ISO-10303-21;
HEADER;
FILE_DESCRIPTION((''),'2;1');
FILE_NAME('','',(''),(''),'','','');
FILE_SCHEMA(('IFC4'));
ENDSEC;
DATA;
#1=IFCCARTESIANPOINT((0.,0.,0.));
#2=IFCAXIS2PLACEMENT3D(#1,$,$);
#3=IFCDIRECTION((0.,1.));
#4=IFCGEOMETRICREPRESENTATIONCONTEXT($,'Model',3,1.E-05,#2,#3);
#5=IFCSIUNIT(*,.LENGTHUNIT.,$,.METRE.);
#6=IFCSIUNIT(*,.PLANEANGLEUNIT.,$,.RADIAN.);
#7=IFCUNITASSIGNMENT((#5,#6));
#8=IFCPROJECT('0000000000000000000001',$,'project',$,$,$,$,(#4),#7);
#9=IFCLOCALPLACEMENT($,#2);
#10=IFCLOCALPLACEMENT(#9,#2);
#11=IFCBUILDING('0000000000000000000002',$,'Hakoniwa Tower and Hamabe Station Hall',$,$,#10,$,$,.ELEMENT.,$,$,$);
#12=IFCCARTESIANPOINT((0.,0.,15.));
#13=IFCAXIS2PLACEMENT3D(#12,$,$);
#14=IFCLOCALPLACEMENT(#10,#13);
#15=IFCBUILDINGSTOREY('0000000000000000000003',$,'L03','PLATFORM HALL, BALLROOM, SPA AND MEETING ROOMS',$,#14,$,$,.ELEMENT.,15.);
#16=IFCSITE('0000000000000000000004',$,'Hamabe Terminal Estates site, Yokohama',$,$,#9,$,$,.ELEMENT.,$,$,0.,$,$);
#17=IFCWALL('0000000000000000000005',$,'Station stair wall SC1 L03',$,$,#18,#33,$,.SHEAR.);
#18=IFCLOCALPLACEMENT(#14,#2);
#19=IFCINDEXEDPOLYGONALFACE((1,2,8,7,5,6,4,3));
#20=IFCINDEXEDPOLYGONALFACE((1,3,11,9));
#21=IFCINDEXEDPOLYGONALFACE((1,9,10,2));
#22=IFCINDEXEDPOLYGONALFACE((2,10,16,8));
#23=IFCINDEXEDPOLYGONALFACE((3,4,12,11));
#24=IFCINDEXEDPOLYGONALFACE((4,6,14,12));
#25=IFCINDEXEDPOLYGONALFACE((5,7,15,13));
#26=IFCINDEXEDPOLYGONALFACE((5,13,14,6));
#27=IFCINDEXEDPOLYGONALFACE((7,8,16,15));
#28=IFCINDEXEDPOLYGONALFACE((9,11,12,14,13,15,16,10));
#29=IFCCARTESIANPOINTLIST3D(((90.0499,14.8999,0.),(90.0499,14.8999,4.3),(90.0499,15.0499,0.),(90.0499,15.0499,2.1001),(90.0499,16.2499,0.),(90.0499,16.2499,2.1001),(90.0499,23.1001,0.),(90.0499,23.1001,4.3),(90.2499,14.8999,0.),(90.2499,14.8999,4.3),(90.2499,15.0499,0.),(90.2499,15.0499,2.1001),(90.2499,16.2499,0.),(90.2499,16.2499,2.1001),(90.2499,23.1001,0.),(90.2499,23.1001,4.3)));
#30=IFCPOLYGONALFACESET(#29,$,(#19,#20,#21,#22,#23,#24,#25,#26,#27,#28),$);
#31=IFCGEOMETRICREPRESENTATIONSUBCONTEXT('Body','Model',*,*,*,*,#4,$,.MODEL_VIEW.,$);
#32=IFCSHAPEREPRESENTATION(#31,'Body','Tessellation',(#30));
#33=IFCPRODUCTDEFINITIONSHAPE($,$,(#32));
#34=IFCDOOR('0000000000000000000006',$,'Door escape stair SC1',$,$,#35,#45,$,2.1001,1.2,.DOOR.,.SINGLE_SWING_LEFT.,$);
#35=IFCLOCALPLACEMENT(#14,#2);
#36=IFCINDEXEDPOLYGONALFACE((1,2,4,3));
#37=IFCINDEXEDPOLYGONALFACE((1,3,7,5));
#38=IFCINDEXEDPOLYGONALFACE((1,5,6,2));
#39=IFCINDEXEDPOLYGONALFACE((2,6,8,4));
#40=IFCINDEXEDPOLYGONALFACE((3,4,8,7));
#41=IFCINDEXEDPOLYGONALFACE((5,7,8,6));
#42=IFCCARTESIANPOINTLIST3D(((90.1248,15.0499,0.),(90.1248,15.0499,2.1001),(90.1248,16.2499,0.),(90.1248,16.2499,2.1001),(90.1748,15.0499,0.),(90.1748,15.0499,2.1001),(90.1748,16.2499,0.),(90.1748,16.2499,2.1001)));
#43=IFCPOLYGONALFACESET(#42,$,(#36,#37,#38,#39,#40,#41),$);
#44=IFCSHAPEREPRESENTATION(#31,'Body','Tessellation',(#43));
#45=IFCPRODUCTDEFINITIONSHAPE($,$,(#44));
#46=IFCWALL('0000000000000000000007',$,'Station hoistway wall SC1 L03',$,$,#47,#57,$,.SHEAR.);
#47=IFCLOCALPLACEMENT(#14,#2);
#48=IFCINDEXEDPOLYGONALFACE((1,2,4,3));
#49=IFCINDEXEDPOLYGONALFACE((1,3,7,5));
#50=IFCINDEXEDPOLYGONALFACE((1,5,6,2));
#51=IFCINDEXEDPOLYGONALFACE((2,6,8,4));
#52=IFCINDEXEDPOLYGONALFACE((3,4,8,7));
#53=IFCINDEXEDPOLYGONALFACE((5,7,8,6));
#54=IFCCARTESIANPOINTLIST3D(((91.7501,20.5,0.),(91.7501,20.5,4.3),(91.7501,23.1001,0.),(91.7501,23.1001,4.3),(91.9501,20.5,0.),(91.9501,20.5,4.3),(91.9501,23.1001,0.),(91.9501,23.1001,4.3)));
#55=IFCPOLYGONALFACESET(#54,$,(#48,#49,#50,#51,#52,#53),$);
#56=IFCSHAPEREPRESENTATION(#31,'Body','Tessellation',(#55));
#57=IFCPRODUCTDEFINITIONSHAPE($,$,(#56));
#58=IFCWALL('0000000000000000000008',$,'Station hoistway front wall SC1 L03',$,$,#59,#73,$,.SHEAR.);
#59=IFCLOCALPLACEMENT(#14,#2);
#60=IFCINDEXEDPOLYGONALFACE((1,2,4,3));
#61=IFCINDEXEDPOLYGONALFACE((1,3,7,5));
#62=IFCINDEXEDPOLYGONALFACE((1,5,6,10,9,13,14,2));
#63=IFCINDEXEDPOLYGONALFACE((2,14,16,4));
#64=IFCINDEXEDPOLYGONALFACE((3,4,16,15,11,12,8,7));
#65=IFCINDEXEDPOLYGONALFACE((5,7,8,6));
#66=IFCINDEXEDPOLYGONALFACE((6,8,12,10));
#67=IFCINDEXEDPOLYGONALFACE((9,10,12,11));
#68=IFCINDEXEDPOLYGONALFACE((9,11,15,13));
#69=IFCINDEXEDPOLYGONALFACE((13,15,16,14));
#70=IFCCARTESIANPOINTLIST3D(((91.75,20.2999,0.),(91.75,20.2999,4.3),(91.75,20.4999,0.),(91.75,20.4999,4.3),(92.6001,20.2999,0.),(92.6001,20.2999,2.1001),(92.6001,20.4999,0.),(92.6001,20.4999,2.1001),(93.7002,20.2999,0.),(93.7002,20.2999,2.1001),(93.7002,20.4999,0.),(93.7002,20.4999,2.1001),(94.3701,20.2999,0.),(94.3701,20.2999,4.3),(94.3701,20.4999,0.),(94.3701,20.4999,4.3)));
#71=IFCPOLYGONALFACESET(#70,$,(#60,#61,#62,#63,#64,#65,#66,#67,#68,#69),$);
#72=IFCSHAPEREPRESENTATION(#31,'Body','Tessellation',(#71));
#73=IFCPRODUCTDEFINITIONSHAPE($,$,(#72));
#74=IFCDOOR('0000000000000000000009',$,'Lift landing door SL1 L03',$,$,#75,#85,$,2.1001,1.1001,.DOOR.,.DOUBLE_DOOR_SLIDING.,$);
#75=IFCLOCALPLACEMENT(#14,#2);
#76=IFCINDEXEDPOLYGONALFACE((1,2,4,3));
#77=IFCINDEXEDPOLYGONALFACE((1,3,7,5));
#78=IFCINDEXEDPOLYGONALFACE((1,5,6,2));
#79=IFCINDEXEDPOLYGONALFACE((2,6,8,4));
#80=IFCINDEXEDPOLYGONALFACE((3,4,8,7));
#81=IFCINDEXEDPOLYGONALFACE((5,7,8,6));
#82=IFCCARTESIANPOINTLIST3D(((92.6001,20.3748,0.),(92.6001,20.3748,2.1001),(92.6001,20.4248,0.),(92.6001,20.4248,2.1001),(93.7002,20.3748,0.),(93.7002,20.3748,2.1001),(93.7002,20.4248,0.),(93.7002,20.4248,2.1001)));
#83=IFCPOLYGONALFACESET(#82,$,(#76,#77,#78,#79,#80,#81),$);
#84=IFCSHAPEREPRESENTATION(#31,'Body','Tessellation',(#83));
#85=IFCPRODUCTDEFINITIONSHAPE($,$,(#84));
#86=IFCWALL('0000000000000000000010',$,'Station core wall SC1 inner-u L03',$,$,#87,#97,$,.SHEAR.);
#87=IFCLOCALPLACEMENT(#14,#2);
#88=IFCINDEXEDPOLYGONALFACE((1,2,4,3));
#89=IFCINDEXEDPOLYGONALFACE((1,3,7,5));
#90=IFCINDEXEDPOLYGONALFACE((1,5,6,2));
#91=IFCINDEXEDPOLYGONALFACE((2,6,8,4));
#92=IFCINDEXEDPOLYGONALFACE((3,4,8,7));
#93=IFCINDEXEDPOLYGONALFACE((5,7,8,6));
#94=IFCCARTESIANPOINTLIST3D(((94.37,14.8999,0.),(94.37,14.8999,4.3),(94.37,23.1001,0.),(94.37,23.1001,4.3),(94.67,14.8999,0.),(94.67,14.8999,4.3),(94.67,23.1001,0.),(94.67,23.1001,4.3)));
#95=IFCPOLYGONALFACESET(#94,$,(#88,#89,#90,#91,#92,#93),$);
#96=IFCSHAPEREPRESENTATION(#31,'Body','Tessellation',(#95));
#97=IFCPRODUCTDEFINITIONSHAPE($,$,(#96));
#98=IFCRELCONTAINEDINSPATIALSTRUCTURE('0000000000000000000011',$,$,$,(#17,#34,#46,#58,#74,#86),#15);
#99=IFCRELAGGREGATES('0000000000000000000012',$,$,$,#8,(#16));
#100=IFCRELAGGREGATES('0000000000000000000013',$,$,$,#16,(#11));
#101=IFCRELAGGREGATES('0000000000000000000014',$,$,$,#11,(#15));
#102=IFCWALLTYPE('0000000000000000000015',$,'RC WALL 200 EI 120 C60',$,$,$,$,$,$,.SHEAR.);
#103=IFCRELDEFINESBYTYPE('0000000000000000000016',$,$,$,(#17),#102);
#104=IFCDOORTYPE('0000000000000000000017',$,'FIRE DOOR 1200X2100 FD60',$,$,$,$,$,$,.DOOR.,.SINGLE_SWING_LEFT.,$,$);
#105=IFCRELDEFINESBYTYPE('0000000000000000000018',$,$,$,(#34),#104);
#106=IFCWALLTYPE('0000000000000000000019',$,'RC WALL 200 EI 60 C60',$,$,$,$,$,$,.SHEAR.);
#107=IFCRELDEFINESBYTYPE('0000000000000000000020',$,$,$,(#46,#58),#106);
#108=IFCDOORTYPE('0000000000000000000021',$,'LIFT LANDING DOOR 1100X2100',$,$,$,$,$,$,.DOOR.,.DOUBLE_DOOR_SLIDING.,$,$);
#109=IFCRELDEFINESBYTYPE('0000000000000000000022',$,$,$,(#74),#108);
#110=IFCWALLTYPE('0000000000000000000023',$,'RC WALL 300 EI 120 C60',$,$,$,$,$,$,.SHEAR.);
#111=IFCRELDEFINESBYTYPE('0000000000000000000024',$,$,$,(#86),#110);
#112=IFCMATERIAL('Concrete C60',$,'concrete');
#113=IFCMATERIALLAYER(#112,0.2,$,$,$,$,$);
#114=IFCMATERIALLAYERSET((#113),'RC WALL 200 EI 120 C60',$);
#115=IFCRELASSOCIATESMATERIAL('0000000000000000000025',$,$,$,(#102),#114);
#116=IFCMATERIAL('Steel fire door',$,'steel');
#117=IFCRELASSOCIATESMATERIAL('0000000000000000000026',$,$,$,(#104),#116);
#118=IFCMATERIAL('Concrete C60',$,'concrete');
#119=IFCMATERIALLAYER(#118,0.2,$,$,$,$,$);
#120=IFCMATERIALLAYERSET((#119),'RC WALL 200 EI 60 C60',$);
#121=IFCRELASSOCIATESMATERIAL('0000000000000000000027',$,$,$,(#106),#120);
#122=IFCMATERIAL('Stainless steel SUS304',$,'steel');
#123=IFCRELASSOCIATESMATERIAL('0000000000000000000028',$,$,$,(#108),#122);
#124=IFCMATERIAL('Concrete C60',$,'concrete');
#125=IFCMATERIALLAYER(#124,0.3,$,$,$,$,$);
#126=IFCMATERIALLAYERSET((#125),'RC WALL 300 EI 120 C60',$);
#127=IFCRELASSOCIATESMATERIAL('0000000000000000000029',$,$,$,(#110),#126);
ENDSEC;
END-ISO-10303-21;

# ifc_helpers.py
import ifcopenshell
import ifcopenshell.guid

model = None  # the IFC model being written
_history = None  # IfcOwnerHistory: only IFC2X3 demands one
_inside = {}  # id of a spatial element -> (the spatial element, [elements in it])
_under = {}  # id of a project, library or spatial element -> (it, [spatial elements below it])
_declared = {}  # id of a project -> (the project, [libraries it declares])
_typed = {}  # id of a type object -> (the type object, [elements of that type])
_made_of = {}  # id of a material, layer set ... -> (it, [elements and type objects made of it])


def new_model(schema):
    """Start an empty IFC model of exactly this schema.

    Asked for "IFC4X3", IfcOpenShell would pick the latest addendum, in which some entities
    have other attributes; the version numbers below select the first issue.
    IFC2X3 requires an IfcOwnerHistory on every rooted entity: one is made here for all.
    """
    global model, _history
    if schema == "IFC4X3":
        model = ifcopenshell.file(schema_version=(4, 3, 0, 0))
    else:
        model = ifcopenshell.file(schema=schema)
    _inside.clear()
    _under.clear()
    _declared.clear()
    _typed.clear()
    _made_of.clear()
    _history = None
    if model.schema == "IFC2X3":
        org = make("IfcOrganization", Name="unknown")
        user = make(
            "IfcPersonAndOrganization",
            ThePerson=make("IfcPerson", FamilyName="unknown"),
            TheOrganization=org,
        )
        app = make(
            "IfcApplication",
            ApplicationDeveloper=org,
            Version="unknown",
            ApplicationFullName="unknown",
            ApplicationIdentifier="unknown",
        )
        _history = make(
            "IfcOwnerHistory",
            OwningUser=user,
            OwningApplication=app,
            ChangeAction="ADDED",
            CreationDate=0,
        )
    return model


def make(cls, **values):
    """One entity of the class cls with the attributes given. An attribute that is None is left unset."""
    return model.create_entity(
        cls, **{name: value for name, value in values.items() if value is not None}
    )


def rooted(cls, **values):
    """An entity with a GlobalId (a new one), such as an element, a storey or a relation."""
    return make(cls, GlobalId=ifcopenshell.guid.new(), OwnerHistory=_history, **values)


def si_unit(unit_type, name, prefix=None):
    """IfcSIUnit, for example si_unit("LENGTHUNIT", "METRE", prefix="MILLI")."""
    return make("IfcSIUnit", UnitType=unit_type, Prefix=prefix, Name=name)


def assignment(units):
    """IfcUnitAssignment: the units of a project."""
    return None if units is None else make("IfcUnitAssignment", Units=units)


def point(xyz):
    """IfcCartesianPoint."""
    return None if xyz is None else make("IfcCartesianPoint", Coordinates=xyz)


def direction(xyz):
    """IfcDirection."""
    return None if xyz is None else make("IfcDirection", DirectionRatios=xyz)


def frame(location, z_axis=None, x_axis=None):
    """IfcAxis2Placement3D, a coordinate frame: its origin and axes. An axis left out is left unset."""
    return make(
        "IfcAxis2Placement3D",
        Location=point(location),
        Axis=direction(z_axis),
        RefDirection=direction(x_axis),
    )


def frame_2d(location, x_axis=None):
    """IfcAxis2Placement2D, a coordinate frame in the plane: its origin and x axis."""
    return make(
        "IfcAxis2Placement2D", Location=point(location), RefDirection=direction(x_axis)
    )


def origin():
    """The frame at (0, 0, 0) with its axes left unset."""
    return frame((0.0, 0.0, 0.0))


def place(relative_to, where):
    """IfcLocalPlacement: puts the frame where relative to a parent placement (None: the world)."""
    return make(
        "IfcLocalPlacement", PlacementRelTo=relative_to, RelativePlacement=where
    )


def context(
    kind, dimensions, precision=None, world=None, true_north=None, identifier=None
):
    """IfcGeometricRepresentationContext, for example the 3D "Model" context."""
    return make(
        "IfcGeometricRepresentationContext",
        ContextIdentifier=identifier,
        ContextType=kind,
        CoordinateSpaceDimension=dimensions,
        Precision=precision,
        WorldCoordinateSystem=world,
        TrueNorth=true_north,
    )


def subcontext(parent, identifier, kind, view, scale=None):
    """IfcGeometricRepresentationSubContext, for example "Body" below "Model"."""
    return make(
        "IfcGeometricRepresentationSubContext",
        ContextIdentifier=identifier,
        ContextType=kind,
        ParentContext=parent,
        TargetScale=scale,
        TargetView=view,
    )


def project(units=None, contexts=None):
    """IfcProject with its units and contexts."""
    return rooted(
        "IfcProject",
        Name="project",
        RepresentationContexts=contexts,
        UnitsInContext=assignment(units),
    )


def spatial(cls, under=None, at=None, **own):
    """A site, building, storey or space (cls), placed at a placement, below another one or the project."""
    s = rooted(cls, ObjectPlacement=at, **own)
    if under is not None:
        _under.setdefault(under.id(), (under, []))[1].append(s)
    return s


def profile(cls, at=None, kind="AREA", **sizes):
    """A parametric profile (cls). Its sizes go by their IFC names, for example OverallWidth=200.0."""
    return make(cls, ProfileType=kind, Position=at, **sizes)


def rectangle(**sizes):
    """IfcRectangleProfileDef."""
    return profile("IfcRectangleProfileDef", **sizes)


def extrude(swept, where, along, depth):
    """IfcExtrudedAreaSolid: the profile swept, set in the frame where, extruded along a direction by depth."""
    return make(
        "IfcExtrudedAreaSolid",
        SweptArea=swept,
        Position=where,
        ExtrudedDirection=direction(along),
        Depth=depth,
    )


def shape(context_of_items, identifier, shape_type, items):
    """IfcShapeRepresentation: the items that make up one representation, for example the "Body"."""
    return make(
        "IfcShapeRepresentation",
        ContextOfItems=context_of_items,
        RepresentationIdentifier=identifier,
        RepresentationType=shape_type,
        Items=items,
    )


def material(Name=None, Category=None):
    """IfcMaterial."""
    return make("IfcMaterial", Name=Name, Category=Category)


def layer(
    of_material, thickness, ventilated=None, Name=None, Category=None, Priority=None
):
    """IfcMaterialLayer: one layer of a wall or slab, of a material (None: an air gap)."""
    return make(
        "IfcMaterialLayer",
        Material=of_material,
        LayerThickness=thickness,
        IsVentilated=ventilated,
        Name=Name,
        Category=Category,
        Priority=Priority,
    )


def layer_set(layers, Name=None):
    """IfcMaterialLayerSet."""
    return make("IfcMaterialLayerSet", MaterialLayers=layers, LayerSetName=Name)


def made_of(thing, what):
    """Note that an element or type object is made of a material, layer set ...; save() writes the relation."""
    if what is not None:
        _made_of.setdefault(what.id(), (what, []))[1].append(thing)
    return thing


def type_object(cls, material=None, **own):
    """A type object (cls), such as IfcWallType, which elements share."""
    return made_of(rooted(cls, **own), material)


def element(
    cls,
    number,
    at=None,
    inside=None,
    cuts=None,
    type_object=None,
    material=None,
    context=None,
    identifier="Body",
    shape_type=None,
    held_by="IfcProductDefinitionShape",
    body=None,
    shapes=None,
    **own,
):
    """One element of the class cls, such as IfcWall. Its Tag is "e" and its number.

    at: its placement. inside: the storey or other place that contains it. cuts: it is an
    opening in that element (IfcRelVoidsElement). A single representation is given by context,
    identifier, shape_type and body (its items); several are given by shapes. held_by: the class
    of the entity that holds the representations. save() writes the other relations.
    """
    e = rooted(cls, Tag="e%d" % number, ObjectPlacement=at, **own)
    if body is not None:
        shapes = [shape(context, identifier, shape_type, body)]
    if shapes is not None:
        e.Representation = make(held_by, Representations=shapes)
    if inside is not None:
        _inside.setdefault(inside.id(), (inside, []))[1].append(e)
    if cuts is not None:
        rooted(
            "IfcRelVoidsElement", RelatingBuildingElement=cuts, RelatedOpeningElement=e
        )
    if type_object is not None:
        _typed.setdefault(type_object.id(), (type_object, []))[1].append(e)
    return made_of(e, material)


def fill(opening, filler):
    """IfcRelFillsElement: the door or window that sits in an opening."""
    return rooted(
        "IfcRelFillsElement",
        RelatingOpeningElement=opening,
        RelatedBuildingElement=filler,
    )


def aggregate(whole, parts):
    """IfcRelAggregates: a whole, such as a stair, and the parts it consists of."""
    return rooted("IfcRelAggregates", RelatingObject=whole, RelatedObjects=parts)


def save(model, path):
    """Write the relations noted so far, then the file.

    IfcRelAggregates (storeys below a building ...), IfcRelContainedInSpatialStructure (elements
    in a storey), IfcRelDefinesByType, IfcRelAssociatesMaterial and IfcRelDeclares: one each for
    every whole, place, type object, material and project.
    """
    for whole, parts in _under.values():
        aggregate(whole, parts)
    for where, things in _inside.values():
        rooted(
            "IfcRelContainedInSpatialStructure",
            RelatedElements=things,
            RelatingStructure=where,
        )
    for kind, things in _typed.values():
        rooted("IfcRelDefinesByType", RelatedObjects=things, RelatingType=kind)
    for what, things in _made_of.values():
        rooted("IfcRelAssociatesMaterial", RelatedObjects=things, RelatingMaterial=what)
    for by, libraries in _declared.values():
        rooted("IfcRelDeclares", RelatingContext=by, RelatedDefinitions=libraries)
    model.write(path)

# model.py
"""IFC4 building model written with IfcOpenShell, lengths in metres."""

from ifc_helpers import new_model, si_unit, direction, frame, frame_2d, origin, place, context, subcontext, project, spatial, rectangle, extrude, material, layer, layer_set, type_object, element, fill, save


model = new_model("IFC4")

# Units and contexts
model_context = context("Model", 3, precision=1e-05, world=origin(), true_north=direction((0.0, 1.0)))
body_context = subcontext(model_context, "Body", "Model", "MODEL_VIEW")
ifc_project = project(units=[si_unit("LENGTHUNIT", "METRE"), si_unit("PLANEANGLEUNIT", "RADIAN")], contexts=[model_context])

# Site, building, storey
site_placement = place(None, origin())
site = spatial("IfcSite", under=ifc_project, at=site_placement, Name="Hamabe Terminal Estates site, Yokohama", CompositionType="ELEMENT", RefElevation=0.0)
building_placement = place(site_placement, origin())
building = spatial("IfcBuilding", under=site, at=building_placement, Name="Hakoniwa Tower and Hamabe Station Hall", CompositionType="ELEMENT")
storey_placement = place(building_placement, frame((0.0, 0.0, 15.0)))
storey = spatial("IfcBuildingStorey", under=building, at=storey_placement, Name="L03", Description="PLATFORM HALL, BALLROOM, SPA AND MEETING ROOMS", CompositionType="ELEMENT", Elevation=15.0)

# Wall, opening, door
ifc_material_1 = material(Name="Concrete C60", Category="concrete")
ifc_layer_1 = layer(ifc_material_1, 0.2)
ifc_layer_set_1 = layer_set([ifc_layer_1], Name="RC WALL 200 EI 120 C60")
wall_type_1 = type_object("IfcWallType", Name="RC WALL 200 EI 120 C60", PredefinedType="SHEAR", material=ifc_layer_set_1)
wall_1_placement = place(storey_placement, frame((90.1499, 23.1001, 0.0), z_axis=(0.0, 0.0, 1.0), x_axis=(0.0, -1.0, 0.0)))
wall_1 = element("IfcWall", 1, at=wall_1_placement, inside=storey, type_object=wall_type_1, Name="Station stair wall SC1 L03", PredefinedType="SHEAR", context=body_context, shape_type="SweptSolid", body=[
    extrude(rectangle(XDim=8.2002, YDim=0.2, at=frame_2d((4.1001, 0.0))), origin(), (0.0, 0.0, 1.0), 4.3),
])
opening_1_placement = place(wall_1_placement, frame((6.8501, 0.0, 0.0)))
opening_1 = element("IfcOpeningElement", 2, at=opening_1_placement, cuts=wall_1, PredefinedType="OPENING", context=body_context, shape_type="SweptSolid", body=[
    extrude(rectangle(XDim=1.2, YDim=2.1001, at=frame_2d((0.6001, 1.05))), frame((0.0, 0.1099, 0.0), z_axis=(0.0, -1.0, 0.0), x_axis=(1.0, 0.0, 0.0)), (0.0, 0.0, 1.0), 0.22),
])
ifc_material_2 = material(Name="Steel fire door", Category="steel")
door_type_1 = type_object("IfcDoorType", Name="FIRE DOOR 1200X2100 FD60", OperationType="SINGLE_SWING_LEFT", PredefinedType="DOOR", material=ifc_material_2)
door_1_placement = place(opening_1_placement, origin())
door_1 = element("IfcDoor", 3, at=door_1_placement, inside=storey, type_object=door_type_1, Name="Door escape stair SC1", OperationType="SINGLE_SWING_LEFT", OverallHeight=2.1001, OverallWidth=1.2, PredefinedType="DOOR", context=body_context, shape_type="SweptSolid", body=[
    extrude(rectangle(XDim=1.2, YDim=2.1001, at=frame_2d((0.6001, 1.05))), frame((0.0, 0.0249, 0.0), z_axis=(0.0, -1.0, 0.0), x_axis=(1.0, 0.0, 0.0)), (0.0, 0.0, 1.0), 0.05),
])
fill(opening_1, door_1)

# Wall
ifc_material_3 = material(Name="Concrete C60", Category="concrete")
ifc_layer_2 = layer(ifc_material_3, 0.2)
ifc_layer_set_2 = layer_set([ifc_layer_2], Name="RC WALL 200 EI 60 C60")
wall_type_2 = type_object("IfcWallType", Name="RC WALL 200 EI 60 C60", PredefinedType="SHEAR", material=ifc_layer_set_2)
wall_2_placement = place(storey_placement, frame((91.8501, 23.1001, 0.0), z_axis=(0.0, 0.0, 1.0), x_axis=(0.0, -1.0, 0.0)))
element("IfcWall", 4, at=wall_2_placement, inside=storey, type_object=wall_type_2, Name="Station hoistway wall SC1 L03", PredefinedType="SHEAR", context=body_context, shape_type="SweptSolid", body=[
    extrude(rectangle(XDim=2.6001, YDim=0.2, at=frame_2d((1.3, 0.0))), origin(), (0.0, 0.0, 1.0), 4.3),
])

# Wall, opening, door
wall_3_placement = place(storey_placement, frame((91.75, 20.3999, 0.0), z_axis=(0.0, 0.0, 1.0), x_axis=(1.0, 0.0, 0.0)))
wall_3 = element("IfcWall", 5, at=wall_3_placement, inside=storey, type_object=wall_type_2, Name="Station hoistway front wall SC1 L03", PredefinedType="SHEAR", context=body_context, shape_type="SweptSolid", body=[
    extrude(rectangle(XDim=2.6201, YDim=0.2, at=frame_2d((1.3101, 0.0))), origin(), (0.0, 0.0, 1.0), 4.3),
])
opening_2_placement = place(wall_3_placement, frame((0.8501, 0.0, 0.0)))
opening_2 = element("IfcOpeningElement", 6, at=opening_2_placement, cuts=wall_3, PredefinedType="OPENING", context=body_context, shape_type="SweptSolid", body=[
    extrude(rectangle(XDim=1.1001, YDim=2.1001, at=frame_2d((0.55, 1.05))), frame((0.0, 0.1099, 0.0), z_axis=(0.0, -1.0, 0.0), x_axis=(1.0, 0.0, 0.0)), (0.0, 0.0, 1.0), 0.22),
])
ifc_material_4 = material(Name="Stainless steel SUS304", Category="steel")
door_type_2 = type_object("IfcDoorType", Name="LIFT LANDING DOOR 1100X2100", OperationType="DOUBLE_DOOR_SLIDING", PredefinedType="DOOR", material=ifc_material_4)
door_2_placement = place(opening_2_placement, origin())
door_2 = element("IfcDoor", 7, at=door_2_placement, inside=storey, type_object=door_type_2, Name="Lift landing door SL1 L03", OperationType="DOUBLE_DOOR_SLIDING", OverallHeight=2.1001, OverallWidth=1.1001, PredefinedType="DOOR", context=body_context, shape_type="SweptSolid", body=[
    extrude(rectangle(XDim=1.1001, YDim=2.1001, at=frame_2d((0.55, 1.05))), frame((0.0, 0.0249, 0.0), z_axis=(0.0, -1.0, 0.0), x_axis=(1.0, 0.0, 0.0)), (0.0, 0.0, 1.0), 0.05),
])
fill(opening_2, door_2)

# Wall
ifc_material_5 = material(Name="Concrete C60", Category="concrete")
ifc_layer_3 = layer(ifc_material_5, 0.3)
ifc_layer_set_3 = layer_set([ifc_layer_3], Name="RC WALL 300 EI 120 C60")
wall_type_3 = type_object("IfcWallType", Name="RC WALL 300 EI 120 C60", PredefinedType="SHEAR", material=ifc_layer_set_3)
wall_4_placement = place(storey_placement, frame((94.52, 23.1001, 0.0), z_axis=(0.0, 0.0, 1.0), x_axis=(0.0, -1.0, 0.0)))
element("IfcWall", 8, at=wall_4_placement, inside=storey, type_object=wall_type_3, Name="Station core wall SC1 inner-u L03", PredefinedType="SHEAR", context=body_context, shape_type="SweptSolid", body=[
    extrude(rectangle(XDim=8.2002, YDim=0.3, at=frame_2d((4.1001, 0.0))), origin(), (0.0, 0.0, 1.0), 4.3),
])

save(model, "model.ifc")
